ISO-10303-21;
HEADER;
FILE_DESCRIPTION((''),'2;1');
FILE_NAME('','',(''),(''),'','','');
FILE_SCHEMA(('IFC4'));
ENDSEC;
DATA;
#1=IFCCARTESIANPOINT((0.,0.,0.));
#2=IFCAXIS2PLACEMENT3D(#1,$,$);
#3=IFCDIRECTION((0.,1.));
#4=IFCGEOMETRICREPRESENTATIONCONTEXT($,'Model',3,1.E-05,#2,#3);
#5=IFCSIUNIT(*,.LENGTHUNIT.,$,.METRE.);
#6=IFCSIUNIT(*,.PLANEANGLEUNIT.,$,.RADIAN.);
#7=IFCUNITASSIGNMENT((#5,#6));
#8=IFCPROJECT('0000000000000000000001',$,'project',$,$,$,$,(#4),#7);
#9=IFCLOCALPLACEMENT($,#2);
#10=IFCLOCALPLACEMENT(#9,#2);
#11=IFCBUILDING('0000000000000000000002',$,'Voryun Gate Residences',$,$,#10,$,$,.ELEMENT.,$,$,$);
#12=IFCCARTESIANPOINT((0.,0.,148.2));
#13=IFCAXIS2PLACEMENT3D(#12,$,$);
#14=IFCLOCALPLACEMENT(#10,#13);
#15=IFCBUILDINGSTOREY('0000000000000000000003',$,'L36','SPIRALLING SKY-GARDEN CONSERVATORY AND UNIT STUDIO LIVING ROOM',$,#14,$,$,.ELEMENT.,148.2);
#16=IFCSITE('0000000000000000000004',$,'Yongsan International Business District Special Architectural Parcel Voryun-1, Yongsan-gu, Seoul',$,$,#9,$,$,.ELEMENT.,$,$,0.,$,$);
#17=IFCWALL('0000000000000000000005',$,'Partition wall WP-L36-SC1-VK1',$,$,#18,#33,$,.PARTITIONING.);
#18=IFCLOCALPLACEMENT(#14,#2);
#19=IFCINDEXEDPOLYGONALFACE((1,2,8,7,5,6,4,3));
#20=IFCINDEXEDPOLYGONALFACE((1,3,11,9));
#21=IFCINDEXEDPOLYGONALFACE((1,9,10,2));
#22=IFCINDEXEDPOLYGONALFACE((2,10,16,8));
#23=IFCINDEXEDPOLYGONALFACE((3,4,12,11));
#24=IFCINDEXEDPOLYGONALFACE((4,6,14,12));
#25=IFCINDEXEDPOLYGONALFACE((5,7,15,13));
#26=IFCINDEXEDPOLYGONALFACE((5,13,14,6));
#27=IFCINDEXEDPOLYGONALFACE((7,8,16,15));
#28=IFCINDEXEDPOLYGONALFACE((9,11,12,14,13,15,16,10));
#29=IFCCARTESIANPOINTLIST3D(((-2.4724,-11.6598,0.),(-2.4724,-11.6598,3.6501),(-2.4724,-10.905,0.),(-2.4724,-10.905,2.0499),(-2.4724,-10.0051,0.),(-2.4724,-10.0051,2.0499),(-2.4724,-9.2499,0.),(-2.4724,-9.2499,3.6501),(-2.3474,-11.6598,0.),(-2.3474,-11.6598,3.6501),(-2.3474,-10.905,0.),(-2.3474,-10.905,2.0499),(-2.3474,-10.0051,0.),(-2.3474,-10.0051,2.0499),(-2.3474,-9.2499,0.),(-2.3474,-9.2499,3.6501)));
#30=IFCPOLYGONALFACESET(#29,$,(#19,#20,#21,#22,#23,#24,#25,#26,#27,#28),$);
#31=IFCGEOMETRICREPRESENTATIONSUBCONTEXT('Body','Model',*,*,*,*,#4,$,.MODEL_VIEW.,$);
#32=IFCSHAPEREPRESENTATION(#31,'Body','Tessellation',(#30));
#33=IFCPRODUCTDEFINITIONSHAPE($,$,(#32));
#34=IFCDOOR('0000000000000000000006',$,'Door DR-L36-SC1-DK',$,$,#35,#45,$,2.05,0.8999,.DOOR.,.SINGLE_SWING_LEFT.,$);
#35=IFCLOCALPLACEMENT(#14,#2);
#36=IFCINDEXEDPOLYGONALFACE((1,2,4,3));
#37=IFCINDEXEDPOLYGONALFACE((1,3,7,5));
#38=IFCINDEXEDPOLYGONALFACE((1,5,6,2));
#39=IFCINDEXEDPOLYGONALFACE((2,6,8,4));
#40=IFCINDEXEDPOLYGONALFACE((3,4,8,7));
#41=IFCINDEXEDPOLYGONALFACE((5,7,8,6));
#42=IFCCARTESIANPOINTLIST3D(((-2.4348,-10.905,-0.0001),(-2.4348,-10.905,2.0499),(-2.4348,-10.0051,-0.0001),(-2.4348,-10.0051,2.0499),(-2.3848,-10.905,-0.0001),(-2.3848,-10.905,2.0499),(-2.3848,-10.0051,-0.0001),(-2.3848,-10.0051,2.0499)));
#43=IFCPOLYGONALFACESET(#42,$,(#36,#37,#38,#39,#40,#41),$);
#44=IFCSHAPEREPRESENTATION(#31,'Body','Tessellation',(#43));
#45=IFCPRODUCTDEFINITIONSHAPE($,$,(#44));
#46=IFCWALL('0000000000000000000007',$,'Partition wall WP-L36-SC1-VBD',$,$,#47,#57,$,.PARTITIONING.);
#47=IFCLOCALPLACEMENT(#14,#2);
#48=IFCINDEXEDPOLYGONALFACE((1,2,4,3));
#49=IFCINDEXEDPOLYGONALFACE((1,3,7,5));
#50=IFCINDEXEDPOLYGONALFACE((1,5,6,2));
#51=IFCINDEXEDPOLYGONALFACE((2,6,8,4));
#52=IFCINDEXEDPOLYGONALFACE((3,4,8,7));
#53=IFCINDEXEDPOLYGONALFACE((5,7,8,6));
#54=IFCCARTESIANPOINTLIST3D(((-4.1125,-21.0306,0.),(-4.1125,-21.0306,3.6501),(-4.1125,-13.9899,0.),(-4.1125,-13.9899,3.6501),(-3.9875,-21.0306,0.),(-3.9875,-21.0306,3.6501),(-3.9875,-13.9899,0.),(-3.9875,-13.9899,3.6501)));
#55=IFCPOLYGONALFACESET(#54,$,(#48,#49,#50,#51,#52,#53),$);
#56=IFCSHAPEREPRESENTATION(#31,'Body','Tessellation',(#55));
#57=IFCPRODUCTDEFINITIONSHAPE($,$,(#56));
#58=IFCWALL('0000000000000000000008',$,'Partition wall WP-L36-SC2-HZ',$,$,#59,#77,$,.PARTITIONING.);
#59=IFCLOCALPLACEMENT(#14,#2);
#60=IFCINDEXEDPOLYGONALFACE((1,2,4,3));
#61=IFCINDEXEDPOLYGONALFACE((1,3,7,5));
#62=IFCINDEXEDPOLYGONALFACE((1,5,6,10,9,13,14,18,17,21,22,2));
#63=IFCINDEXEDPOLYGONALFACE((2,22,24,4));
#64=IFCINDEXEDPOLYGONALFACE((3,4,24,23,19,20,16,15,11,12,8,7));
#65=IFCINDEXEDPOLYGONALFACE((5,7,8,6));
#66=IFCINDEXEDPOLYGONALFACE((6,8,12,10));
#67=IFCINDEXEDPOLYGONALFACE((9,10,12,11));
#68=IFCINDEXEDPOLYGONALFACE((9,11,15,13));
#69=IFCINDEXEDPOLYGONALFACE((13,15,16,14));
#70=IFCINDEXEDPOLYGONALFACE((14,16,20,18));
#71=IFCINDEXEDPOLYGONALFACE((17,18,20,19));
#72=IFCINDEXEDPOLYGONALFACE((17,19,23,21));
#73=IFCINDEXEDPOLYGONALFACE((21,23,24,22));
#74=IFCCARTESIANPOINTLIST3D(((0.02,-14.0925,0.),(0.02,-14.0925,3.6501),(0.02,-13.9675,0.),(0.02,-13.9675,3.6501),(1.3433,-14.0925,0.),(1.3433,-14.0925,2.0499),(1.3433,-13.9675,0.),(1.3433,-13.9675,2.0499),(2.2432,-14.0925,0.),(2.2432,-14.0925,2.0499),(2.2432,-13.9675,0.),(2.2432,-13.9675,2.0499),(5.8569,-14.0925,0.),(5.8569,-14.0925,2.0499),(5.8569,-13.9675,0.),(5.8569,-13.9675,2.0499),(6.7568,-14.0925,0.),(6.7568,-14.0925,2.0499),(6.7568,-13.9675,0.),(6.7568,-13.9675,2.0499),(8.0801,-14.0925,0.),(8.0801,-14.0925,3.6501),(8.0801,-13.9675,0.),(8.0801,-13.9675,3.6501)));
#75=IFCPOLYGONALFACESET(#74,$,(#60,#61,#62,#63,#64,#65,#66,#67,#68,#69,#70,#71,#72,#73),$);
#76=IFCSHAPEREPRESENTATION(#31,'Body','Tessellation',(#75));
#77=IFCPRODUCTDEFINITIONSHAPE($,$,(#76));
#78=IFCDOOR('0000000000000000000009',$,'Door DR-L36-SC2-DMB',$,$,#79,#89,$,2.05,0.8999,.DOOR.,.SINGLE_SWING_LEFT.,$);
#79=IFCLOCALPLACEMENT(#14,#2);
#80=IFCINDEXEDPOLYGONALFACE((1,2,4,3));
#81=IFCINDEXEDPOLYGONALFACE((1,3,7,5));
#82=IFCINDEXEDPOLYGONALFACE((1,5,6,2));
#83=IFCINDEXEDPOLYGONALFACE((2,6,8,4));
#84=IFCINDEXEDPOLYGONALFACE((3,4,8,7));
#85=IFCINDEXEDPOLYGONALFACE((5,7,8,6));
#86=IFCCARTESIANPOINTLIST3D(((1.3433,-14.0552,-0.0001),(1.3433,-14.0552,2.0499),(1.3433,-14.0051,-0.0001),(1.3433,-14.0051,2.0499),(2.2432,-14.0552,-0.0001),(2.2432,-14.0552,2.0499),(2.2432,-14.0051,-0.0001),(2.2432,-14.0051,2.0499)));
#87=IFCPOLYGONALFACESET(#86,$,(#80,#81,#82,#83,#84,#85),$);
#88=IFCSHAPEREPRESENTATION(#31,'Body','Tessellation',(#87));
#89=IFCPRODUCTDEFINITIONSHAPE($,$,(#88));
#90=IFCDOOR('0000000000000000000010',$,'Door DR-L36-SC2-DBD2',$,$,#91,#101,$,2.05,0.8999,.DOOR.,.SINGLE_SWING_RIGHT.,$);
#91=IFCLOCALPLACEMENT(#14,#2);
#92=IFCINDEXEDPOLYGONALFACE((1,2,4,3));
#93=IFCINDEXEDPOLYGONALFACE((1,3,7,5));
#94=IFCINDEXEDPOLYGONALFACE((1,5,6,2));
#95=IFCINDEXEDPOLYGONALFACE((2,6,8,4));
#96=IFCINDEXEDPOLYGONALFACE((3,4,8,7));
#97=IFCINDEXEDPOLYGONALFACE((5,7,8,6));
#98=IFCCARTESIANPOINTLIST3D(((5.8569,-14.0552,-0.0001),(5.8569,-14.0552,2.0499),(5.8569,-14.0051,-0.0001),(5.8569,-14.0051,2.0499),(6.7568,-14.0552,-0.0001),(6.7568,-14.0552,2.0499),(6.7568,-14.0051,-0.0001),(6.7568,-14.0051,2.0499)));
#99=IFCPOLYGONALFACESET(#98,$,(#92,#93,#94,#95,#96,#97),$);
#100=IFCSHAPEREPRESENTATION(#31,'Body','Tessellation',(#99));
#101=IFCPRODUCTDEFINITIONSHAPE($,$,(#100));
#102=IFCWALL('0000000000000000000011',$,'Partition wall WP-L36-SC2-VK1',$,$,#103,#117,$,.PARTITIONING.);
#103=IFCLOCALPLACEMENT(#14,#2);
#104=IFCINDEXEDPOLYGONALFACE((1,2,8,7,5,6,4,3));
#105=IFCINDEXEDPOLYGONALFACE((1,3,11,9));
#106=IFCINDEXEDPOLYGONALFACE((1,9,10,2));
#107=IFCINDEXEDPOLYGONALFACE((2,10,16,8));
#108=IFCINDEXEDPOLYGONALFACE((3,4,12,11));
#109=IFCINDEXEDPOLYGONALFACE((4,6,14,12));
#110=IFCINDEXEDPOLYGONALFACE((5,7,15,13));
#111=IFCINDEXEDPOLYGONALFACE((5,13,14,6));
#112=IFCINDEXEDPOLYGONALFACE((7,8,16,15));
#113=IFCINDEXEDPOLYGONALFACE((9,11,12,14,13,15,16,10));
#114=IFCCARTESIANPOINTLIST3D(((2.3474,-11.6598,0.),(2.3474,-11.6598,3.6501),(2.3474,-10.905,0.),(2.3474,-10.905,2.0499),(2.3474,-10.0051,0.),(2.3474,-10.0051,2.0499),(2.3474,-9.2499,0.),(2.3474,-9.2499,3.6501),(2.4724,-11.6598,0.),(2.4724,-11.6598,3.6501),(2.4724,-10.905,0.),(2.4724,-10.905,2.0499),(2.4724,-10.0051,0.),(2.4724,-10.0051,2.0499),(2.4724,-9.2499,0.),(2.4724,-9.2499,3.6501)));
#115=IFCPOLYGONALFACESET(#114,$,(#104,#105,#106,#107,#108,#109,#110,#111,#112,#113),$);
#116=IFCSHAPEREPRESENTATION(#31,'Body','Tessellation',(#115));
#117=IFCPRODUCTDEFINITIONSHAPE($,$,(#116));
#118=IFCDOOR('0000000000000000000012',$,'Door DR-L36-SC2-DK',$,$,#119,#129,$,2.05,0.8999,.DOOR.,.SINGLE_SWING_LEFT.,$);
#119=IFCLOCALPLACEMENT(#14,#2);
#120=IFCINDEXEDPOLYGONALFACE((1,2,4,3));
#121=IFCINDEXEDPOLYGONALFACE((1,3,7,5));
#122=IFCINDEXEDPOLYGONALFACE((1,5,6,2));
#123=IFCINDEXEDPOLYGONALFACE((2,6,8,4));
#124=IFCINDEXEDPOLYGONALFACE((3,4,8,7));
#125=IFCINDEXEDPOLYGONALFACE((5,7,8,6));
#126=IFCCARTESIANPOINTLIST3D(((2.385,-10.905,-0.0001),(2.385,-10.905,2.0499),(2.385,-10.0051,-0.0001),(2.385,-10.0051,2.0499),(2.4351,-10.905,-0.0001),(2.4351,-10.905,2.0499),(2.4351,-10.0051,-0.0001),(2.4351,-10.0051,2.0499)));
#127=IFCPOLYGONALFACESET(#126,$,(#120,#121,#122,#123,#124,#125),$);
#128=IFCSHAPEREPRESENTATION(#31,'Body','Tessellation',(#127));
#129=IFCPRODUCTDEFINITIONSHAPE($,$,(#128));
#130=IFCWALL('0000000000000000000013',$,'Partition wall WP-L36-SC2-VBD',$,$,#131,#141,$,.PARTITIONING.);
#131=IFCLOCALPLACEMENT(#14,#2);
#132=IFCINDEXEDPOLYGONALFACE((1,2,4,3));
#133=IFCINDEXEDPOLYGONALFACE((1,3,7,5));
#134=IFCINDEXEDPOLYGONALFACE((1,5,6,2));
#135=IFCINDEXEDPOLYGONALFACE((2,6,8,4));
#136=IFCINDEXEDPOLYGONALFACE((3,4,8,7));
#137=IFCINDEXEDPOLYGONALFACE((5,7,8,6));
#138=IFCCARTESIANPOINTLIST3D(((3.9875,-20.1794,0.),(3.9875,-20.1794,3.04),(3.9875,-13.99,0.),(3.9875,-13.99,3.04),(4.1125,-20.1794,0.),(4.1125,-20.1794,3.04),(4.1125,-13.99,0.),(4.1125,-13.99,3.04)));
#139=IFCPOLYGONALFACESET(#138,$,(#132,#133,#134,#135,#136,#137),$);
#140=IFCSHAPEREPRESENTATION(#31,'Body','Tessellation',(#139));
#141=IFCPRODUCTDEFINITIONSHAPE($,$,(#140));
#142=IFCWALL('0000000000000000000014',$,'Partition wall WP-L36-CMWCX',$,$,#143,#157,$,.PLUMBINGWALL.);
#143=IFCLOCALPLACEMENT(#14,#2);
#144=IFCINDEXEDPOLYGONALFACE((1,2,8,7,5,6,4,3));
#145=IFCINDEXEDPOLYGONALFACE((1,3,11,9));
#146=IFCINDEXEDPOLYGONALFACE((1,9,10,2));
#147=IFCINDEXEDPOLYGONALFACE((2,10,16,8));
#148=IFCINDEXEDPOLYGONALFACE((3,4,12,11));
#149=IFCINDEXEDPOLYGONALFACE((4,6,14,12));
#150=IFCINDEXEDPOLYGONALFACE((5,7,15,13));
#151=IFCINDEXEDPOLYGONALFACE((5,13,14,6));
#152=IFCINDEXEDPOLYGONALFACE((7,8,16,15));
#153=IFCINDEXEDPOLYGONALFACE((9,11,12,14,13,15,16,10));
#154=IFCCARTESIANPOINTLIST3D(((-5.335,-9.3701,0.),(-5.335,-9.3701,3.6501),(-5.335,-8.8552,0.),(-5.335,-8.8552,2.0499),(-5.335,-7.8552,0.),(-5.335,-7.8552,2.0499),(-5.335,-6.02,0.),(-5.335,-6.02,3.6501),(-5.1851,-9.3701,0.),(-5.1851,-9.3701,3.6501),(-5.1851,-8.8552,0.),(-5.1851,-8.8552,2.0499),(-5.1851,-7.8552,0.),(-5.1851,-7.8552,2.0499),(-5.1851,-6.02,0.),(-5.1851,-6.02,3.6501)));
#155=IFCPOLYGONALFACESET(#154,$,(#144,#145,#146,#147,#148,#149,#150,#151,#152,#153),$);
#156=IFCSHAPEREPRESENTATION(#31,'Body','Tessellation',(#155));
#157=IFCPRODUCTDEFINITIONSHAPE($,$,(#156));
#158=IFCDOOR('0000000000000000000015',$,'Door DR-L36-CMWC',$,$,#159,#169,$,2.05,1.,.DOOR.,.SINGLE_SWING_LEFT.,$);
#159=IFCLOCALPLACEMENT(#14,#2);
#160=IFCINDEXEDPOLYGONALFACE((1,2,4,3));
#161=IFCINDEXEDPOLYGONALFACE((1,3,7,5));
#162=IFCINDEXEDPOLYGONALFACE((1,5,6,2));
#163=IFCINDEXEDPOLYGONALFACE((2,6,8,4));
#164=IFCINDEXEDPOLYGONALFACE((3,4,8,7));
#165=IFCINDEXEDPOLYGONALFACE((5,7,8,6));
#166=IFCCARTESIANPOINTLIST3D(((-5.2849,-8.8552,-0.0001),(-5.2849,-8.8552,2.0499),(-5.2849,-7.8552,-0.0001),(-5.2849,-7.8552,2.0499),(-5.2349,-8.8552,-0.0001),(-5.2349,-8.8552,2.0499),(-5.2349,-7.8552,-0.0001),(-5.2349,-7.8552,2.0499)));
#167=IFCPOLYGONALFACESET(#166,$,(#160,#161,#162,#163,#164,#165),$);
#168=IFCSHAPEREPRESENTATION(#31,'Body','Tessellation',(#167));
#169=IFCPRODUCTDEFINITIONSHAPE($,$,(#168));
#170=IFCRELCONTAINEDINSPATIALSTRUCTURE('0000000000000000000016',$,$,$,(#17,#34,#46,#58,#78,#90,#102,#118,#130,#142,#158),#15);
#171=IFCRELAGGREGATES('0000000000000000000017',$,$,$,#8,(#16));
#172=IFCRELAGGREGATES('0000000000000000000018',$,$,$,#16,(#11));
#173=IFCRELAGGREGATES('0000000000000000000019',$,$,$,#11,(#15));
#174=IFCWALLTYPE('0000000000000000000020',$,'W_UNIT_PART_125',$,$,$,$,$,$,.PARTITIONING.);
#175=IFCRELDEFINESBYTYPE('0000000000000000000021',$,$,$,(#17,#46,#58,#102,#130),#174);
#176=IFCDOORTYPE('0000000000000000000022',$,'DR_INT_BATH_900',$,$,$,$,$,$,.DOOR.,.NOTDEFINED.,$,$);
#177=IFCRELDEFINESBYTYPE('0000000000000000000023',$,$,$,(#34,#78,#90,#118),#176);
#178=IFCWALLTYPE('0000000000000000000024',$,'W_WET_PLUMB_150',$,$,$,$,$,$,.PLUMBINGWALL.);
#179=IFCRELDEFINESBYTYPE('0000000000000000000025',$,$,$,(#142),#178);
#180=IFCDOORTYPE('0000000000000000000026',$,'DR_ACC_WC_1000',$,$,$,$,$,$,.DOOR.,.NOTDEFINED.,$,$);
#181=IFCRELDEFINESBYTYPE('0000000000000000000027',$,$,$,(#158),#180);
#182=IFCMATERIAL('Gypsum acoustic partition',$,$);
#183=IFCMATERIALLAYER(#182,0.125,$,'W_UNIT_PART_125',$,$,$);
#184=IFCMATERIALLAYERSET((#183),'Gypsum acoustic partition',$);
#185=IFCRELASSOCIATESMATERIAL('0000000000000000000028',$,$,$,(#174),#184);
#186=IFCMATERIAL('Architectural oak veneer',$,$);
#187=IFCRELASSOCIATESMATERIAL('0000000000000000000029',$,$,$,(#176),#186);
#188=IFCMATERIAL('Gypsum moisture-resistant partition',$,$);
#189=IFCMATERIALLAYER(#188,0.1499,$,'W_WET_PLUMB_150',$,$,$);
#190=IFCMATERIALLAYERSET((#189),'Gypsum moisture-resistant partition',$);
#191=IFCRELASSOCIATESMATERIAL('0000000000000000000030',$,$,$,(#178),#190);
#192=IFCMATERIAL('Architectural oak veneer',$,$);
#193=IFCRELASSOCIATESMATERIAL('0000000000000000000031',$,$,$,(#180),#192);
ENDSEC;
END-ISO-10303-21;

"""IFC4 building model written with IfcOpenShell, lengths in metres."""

from ifc_helpers import new_model, si_unit, direction, frame, frame_2d, origin, place, context, subcontext, project, spatial, rectangle, extrude, material, layer, layer_set, type_object, element, fill, save


model = new_model("IFC4")

# Units and contexts
model_context = context("Model", 3, precision=1e-05, world=origin(), true_north=direction((0.0, 1.0)))
body_context = subcontext(model_context, "Body", "Model", "MODEL_VIEW")
ifc_project = project(units=[si_unit("LENGTHUNIT", "METRE"), si_unit("PLANEANGLEUNIT", "RADIAN")], contexts=[model_context])

# Site, building, storey
site_placement = place(None, origin())
site = spatial("IfcSite", under=ifc_project, at=site_placement, Name="Yongsan International Business District Special Architectural Parcel Voryun-1, Yongsan-gu, Seoul", CompositionType="ELEMENT", RefElevation=0.0)
building_placement = place(site_placement, origin())
building = spatial("IfcBuilding", under=site, at=building_placement, Name="Voryun Gate Residences", CompositionType="ELEMENT")
storey_placement = place(building_placement, frame((0.0, 0.0, 148.2)))
storey = spatial("IfcBuildingStorey", under=building, at=storey_placement, Name="L36", Description="SPIRALLING SKY-GARDEN CONSERVATORY AND UNIT STUDIO LIVING ROOM", CompositionType="ELEMENT", Elevation=148.2)

# Wall, opening, door
ifc_material_1 = material(Name="Gypsum acoustic partition")
ifc_layer_1 = layer(ifc_material_1, 0.125, Name="W_UNIT_PART_125")
ifc_layer_set_1 = layer_set([ifc_layer_1], Name="Gypsum acoustic partition")
wall_type_1 = type_object("IfcWallType", Name="W_UNIT_PART_125", PredefinedType="PARTITIONING", material=ifc_layer_set_1)
wall_1_placement = place(storey_placement, frame((-2.4099, -11.6599, 0.0), z_axis=(0.0, 0.0, 1.0), x_axis=(0.0, 1.0, 0.0)))
wall_1 = element("IfcWall", 1, at=wall_1_placement, inside=storey, type_object=wall_type_1, Name="Partition wall WP-L36-SC1-VK1", PredefinedType="PARTITIONING", context=body_context, shape_type="SweptSolid", body=[
    extrude(rectangle(XDim=2.4099, YDim=0.125, at=frame_2d((1.2051, 0.0))), origin(), (0.0, 0.0, 1.0), 3.6501),
])
opening_1_placement = place(wall_1_placement, frame((0.7549, 0.0, 0.0)))
opening_1 = element("IfcOpeningElement", 2, at=opening_1_placement, cuts=wall_1, PredefinedType="OPENING", context=body_context, shape_type="SweptSolid", body=[
    extrude(rectangle(XDim=0.8999, YDim=2.05, at=frame_2d((0.45, 1.0249))), frame((0.0, 0.0725, 0.0), z_axis=(0.0, -1.0, 0.0), x_axis=(1.0, 0.0, 0.0)), (0.0, 0.0, 1.0), 0.145),
])
ifc_material_2 = material(Name="Architectural oak veneer")
door_type_1 = type_object("IfcDoorType", Name="DR_INT_BATH_900", OperationType="NOTDEFINED", PredefinedType="DOOR", material=ifc_material_2)
door_1_placement = place(opening_1_placement, origin())
door_1 = element("IfcDoor", 3, at=door_1_placement, inside=storey, type_object=door_type_1, Name="Door DR-L36-SC1-DK", OperationType="SINGLE_SWING_LEFT", OverallHeight=2.05, OverallWidth=0.8999, PredefinedType="DOOR", context=body_context, shape_type="SweptSolid", body=[
    extrude(rectangle(XDim=0.8999, YDim=2.05, at=frame_2d((0.45, 1.0249))), frame((0.0, 0.0249, 0.0), z_axis=(0.0, -1.0, 0.0), x_axis=(1.0, 0.0, 0.0)), (0.0, 0.0, 1.0), 0.05),
])
fill(opening_1, door_1)

# Wall
wall_2_placement = place(storey_placement, frame((-4.05, -21.0308, 0.0), z_axis=(0.0, 0.0, 1.0), x_axis=(0.0, 1.0, 0.0)))
element("IfcWall", 4, at=wall_2_placement, inside=storey, type_object=wall_type_1, Name="Partition wall WP-L36-SC1-VBD", PredefinedType="PARTITIONING", context=body_context, shape_type="SweptSolid", body=[
    extrude(rectangle(XDim=7.0408, YDim=0.125, at=frame_2d((3.5205, 0.0))), origin(), (0.0, 0.0, 1.0), 3.6501),
])

# Wall, openings, doors
wall_3_placement = place(storey_placement, frame((0.02, -14.03, 0.0), z_axis=(0.0, 0.0, 1.0), x_axis=(1.0, 0.0, 0.0)))
wall_3 = element("IfcWall", 5, at=wall_3_placement, inside=storey, type_object=wall_type_1, Name="Partition wall WP-L36-SC2-HZ", PredefinedType="PARTITIONING", context=body_context, shape_type="SweptSolid", body=[
    extrude(rectangle(XDim=8.0601, YDim=0.125, at=frame_2d((4.03, 0.0))), origin(), (0.0, 0.0, 1.0), 3.6501),
])
opening_2_placement = place(wall_3_placement, frame((1.3232, 0.0, 0.0)))
opening_2 = element("IfcOpeningElement", 6, at=opening_2_placement, cuts=wall_3, PredefinedType="OPENING", context=body_context, shape_type="SweptSolid", body=[
    extrude(rectangle(XDim=0.8999, YDim=2.05, at=frame_2d((0.45, 1.0249))), frame((0.0, 0.0725, 0.0), z_axis=(0.0, -1.0, 0.0), x_axis=(1.0, 0.0, 0.0)), (0.0, 0.0, 1.0), 0.145),
])
opening_3_placement = place(wall_3_placement, frame((5.8369, 0.0, 0.0)))
opening_3 = element("IfcOpeningElement", 7, at=opening_3_placement, cuts=wall_3, PredefinedType="OPENING", context=body_context, shape_type="SweptSolid", body=[
    extrude(rectangle(XDim=0.8999, YDim=2.05, at=frame_2d((0.45, 1.0249))), frame((0.0, 0.0725, 0.0), z_axis=(0.0, -1.0, 0.0), x_axis=(1.0, 0.0, 0.0)), (0.0, 0.0, 1.0), 0.145),
])
door_2_placement = place(opening_2_placement, origin())
door_2 = element("IfcDoor", 8, at=door_2_placement, inside=storey, type_object=door_type_1, Name="Door DR-L36-SC2-DMB", OperationType="SINGLE_SWING_LEFT", OverallHeight=2.05, OverallWidth=0.8999, PredefinedType="DOOR", context=body_context, shape_type="SweptSolid", body=[
    extrude(rectangle(XDim=0.8999, YDim=2.05, at=frame_2d((0.45, 1.0249))), frame((0.0, 0.0249, 0.0), z_axis=(0.0, -1.0, 0.0), x_axis=(1.0, 0.0, 0.0)), (0.0, 0.0, 1.0), 0.05),
])
fill(opening_2, door_2)
door_3_placement = place(opening_3_placement, origin())
door_3 = element("IfcDoor", 9, at=door_3_placement, inside=storey, type_object=door_type_1, Name="Door DR-L36-SC2-DBD2", OperationType="SINGLE_SWING_RIGHT", OverallHeight=2.05, OverallWidth=0.8999, PredefinedType="DOOR", context=body_context, shape_type="SweptSolid", body=[
    extrude(rectangle(XDim=0.8999, YDim=2.05, at=frame_2d((0.45, 1.0249))), frame((0.0, 0.0249, 0.0), z_axis=(0.0, -1.0, 0.0), x_axis=(1.0, 0.0, 0.0)), (0.0, 0.0, 1.0), 0.05),
])
fill(opening_3, door_3)

# Wall, opening, door
wall_4_placement = place(storey_placement, frame((2.4099, -11.6599, 0.0), z_axis=(0.0, 0.0, 1.0), x_axis=(0.0, 1.0, 0.0)))
wall_4 = element("IfcWall", 10, at=wall_4_placement, inside=storey, type_object=wall_type_1, Name="Partition wall WP-L36-SC2-VK1", PredefinedType="PARTITIONING", context=body_context, shape_type="SweptSolid", body=[
    extrude(rectangle(XDim=2.4099, YDim=0.125, at=frame_2d((1.2051, 0.0))), origin(), (0.0, 0.0, 1.0), 3.6501),
])
opening_4_placement = place(wall_4_placement, frame((0.7549, 0.0, 0.0)))
opening_4 = element("IfcOpeningElement", 11, at=opening_4_placement, cuts=wall_4, PredefinedType="OPENING", context=body_context, shape_type="SweptSolid", body=[
    extrude(rectangle(XDim=0.8999, YDim=2.05, at=frame_2d((0.45, 1.0249))), frame((0.0, 0.0725, 0.0), z_axis=(0.0, -1.0, 0.0), x_axis=(1.0, 0.0, 0.0)), (0.0, 0.0, 1.0), 0.145),
])
door_4_placement = place(opening_4_placement, origin())
door_4 = element("IfcDoor", 12, at=door_4_placement, inside=storey, type_object=door_type_1, Name="Door DR-L36-SC2-DK", OperationType="SINGLE_SWING_LEFT", OverallHeight=2.05, OverallWidth=0.8999, PredefinedType="DOOR", context=body_context, shape_type="SweptSolid", body=[
    extrude(rectangle(XDim=0.8999, YDim=2.05, at=frame_2d((0.45, 1.0249))), frame((0.0, 0.0249, 0.0), z_axis=(0.0, -1.0, 0.0), x_axis=(1.0, 0.0, 0.0)), (0.0, 0.0, 1.0), 0.05),
])
fill(opening_4, door_4)

# Wall
wall_5_placement = place(storey_placement, frame((4.05, -20.1794, 0.0), z_axis=(0.0, 0.0, 1.0), x_axis=(0.0, 1.0, 0.0)))
element("IfcWall", 13, at=wall_5_placement, inside=storey, type_object=wall_type_1, Name="Partition wall WP-L36-SC2-VBD", PredefinedType="PARTITIONING", context=body_context, shape_type="SweptSolid", body=[
    extrude(rectangle(XDim=6.1895, YDim=0.125, at=frame_2d((3.0947, 0.0))), origin(), (0.0, 0.0, 1.0), 3.04),
])

# Wall, opening, door
ifc_material_3 = material(Name="Gypsum moisture-resistant partition")
ifc_layer_2 = layer(ifc_material_3, 0.1499, Name="W_WET_PLUMB_150")
ifc_layer_set_2 = layer_set([ifc_layer_2], Name="Gypsum moisture-resistant partition")
wall_type_2 = type_object("IfcWallType", Name="W_WET_PLUMB_150", PredefinedType="PLUMBINGWALL", material=ifc_layer_set_2)
wall_6_placement = place(storey_placement, frame((-5.26, -9.3701, 0.0), z_axis=(0.0, 0.0, 1.0), x_axis=(0.0, 1.0, 0.0)))
wall_6 = element("IfcWall", 14, at=wall_6_placement, inside=storey, type_object=wall_type_2, Name="Partition wall WP-L36-CMWCX", PredefinedType="PLUMBINGWALL", context=body_context, shape_type="SweptSolid", body=[
    extrude(rectangle(XDim=3.3501, YDim=0.1499, at=frame_2d((1.675, 0.0))), origin(), (0.0, 0.0, 1.0), 3.6501),
])
opening_5_placement = place(wall_6_placement, frame((0.5149, 0.0, 0.0)))
opening_5 = element("IfcOpeningElement", 15, at=opening_5_placement, cuts=wall_6, PredefinedType="OPENING", context=body_context, shape_type="SweptSolid", body=[
    extrude(rectangle(XDim=1.0, YDim=2.05, at=frame_2d((0.5, 1.0249))), frame((0.0, 0.085, 0.0), z_axis=(0.0, -1.0, 0.0), x_axis=(1.0, 0.0, 0.0)), (0.0, 0.0, 1.0), 0.1699),
])
ifc_material_4 = material(Name="Architectural oak veneer")
door_type_2 = type_object("IfcDoorType", Name="DR_ACC_WC_1000", OperationType="NOTDEFINED", PredefinedType="DOOR", material=ifc_material_4)
door_5_placement = place(opening_5_placement, origin())
door_5 = element("IfcDoor", 16, at=door_5_placement, inside=storey, type_object=door_type_2, Name="Door DR-L36-CMWC", OperationType="SINGLE_SWING_LEFT", OverallHeight=2.05, OverallWidth=1.0, PredefinedType="DOOR", context=body_context, shape_type="SweptSolid", body=[
    extrude(rectangle(XDim=1.0, YDim=2.05, at=frame_2d((0.5, 1.0249))), frame((0.0, 0.0249, 0.0), z_axis=(0.0, -1.0, 0.0), x_axis=(1.0, 0.0, 0.0)), (0.0, 0.0, 1.0), 0.05),
])
fill(opening_5, door_5)

save(model, "model.ifc")
